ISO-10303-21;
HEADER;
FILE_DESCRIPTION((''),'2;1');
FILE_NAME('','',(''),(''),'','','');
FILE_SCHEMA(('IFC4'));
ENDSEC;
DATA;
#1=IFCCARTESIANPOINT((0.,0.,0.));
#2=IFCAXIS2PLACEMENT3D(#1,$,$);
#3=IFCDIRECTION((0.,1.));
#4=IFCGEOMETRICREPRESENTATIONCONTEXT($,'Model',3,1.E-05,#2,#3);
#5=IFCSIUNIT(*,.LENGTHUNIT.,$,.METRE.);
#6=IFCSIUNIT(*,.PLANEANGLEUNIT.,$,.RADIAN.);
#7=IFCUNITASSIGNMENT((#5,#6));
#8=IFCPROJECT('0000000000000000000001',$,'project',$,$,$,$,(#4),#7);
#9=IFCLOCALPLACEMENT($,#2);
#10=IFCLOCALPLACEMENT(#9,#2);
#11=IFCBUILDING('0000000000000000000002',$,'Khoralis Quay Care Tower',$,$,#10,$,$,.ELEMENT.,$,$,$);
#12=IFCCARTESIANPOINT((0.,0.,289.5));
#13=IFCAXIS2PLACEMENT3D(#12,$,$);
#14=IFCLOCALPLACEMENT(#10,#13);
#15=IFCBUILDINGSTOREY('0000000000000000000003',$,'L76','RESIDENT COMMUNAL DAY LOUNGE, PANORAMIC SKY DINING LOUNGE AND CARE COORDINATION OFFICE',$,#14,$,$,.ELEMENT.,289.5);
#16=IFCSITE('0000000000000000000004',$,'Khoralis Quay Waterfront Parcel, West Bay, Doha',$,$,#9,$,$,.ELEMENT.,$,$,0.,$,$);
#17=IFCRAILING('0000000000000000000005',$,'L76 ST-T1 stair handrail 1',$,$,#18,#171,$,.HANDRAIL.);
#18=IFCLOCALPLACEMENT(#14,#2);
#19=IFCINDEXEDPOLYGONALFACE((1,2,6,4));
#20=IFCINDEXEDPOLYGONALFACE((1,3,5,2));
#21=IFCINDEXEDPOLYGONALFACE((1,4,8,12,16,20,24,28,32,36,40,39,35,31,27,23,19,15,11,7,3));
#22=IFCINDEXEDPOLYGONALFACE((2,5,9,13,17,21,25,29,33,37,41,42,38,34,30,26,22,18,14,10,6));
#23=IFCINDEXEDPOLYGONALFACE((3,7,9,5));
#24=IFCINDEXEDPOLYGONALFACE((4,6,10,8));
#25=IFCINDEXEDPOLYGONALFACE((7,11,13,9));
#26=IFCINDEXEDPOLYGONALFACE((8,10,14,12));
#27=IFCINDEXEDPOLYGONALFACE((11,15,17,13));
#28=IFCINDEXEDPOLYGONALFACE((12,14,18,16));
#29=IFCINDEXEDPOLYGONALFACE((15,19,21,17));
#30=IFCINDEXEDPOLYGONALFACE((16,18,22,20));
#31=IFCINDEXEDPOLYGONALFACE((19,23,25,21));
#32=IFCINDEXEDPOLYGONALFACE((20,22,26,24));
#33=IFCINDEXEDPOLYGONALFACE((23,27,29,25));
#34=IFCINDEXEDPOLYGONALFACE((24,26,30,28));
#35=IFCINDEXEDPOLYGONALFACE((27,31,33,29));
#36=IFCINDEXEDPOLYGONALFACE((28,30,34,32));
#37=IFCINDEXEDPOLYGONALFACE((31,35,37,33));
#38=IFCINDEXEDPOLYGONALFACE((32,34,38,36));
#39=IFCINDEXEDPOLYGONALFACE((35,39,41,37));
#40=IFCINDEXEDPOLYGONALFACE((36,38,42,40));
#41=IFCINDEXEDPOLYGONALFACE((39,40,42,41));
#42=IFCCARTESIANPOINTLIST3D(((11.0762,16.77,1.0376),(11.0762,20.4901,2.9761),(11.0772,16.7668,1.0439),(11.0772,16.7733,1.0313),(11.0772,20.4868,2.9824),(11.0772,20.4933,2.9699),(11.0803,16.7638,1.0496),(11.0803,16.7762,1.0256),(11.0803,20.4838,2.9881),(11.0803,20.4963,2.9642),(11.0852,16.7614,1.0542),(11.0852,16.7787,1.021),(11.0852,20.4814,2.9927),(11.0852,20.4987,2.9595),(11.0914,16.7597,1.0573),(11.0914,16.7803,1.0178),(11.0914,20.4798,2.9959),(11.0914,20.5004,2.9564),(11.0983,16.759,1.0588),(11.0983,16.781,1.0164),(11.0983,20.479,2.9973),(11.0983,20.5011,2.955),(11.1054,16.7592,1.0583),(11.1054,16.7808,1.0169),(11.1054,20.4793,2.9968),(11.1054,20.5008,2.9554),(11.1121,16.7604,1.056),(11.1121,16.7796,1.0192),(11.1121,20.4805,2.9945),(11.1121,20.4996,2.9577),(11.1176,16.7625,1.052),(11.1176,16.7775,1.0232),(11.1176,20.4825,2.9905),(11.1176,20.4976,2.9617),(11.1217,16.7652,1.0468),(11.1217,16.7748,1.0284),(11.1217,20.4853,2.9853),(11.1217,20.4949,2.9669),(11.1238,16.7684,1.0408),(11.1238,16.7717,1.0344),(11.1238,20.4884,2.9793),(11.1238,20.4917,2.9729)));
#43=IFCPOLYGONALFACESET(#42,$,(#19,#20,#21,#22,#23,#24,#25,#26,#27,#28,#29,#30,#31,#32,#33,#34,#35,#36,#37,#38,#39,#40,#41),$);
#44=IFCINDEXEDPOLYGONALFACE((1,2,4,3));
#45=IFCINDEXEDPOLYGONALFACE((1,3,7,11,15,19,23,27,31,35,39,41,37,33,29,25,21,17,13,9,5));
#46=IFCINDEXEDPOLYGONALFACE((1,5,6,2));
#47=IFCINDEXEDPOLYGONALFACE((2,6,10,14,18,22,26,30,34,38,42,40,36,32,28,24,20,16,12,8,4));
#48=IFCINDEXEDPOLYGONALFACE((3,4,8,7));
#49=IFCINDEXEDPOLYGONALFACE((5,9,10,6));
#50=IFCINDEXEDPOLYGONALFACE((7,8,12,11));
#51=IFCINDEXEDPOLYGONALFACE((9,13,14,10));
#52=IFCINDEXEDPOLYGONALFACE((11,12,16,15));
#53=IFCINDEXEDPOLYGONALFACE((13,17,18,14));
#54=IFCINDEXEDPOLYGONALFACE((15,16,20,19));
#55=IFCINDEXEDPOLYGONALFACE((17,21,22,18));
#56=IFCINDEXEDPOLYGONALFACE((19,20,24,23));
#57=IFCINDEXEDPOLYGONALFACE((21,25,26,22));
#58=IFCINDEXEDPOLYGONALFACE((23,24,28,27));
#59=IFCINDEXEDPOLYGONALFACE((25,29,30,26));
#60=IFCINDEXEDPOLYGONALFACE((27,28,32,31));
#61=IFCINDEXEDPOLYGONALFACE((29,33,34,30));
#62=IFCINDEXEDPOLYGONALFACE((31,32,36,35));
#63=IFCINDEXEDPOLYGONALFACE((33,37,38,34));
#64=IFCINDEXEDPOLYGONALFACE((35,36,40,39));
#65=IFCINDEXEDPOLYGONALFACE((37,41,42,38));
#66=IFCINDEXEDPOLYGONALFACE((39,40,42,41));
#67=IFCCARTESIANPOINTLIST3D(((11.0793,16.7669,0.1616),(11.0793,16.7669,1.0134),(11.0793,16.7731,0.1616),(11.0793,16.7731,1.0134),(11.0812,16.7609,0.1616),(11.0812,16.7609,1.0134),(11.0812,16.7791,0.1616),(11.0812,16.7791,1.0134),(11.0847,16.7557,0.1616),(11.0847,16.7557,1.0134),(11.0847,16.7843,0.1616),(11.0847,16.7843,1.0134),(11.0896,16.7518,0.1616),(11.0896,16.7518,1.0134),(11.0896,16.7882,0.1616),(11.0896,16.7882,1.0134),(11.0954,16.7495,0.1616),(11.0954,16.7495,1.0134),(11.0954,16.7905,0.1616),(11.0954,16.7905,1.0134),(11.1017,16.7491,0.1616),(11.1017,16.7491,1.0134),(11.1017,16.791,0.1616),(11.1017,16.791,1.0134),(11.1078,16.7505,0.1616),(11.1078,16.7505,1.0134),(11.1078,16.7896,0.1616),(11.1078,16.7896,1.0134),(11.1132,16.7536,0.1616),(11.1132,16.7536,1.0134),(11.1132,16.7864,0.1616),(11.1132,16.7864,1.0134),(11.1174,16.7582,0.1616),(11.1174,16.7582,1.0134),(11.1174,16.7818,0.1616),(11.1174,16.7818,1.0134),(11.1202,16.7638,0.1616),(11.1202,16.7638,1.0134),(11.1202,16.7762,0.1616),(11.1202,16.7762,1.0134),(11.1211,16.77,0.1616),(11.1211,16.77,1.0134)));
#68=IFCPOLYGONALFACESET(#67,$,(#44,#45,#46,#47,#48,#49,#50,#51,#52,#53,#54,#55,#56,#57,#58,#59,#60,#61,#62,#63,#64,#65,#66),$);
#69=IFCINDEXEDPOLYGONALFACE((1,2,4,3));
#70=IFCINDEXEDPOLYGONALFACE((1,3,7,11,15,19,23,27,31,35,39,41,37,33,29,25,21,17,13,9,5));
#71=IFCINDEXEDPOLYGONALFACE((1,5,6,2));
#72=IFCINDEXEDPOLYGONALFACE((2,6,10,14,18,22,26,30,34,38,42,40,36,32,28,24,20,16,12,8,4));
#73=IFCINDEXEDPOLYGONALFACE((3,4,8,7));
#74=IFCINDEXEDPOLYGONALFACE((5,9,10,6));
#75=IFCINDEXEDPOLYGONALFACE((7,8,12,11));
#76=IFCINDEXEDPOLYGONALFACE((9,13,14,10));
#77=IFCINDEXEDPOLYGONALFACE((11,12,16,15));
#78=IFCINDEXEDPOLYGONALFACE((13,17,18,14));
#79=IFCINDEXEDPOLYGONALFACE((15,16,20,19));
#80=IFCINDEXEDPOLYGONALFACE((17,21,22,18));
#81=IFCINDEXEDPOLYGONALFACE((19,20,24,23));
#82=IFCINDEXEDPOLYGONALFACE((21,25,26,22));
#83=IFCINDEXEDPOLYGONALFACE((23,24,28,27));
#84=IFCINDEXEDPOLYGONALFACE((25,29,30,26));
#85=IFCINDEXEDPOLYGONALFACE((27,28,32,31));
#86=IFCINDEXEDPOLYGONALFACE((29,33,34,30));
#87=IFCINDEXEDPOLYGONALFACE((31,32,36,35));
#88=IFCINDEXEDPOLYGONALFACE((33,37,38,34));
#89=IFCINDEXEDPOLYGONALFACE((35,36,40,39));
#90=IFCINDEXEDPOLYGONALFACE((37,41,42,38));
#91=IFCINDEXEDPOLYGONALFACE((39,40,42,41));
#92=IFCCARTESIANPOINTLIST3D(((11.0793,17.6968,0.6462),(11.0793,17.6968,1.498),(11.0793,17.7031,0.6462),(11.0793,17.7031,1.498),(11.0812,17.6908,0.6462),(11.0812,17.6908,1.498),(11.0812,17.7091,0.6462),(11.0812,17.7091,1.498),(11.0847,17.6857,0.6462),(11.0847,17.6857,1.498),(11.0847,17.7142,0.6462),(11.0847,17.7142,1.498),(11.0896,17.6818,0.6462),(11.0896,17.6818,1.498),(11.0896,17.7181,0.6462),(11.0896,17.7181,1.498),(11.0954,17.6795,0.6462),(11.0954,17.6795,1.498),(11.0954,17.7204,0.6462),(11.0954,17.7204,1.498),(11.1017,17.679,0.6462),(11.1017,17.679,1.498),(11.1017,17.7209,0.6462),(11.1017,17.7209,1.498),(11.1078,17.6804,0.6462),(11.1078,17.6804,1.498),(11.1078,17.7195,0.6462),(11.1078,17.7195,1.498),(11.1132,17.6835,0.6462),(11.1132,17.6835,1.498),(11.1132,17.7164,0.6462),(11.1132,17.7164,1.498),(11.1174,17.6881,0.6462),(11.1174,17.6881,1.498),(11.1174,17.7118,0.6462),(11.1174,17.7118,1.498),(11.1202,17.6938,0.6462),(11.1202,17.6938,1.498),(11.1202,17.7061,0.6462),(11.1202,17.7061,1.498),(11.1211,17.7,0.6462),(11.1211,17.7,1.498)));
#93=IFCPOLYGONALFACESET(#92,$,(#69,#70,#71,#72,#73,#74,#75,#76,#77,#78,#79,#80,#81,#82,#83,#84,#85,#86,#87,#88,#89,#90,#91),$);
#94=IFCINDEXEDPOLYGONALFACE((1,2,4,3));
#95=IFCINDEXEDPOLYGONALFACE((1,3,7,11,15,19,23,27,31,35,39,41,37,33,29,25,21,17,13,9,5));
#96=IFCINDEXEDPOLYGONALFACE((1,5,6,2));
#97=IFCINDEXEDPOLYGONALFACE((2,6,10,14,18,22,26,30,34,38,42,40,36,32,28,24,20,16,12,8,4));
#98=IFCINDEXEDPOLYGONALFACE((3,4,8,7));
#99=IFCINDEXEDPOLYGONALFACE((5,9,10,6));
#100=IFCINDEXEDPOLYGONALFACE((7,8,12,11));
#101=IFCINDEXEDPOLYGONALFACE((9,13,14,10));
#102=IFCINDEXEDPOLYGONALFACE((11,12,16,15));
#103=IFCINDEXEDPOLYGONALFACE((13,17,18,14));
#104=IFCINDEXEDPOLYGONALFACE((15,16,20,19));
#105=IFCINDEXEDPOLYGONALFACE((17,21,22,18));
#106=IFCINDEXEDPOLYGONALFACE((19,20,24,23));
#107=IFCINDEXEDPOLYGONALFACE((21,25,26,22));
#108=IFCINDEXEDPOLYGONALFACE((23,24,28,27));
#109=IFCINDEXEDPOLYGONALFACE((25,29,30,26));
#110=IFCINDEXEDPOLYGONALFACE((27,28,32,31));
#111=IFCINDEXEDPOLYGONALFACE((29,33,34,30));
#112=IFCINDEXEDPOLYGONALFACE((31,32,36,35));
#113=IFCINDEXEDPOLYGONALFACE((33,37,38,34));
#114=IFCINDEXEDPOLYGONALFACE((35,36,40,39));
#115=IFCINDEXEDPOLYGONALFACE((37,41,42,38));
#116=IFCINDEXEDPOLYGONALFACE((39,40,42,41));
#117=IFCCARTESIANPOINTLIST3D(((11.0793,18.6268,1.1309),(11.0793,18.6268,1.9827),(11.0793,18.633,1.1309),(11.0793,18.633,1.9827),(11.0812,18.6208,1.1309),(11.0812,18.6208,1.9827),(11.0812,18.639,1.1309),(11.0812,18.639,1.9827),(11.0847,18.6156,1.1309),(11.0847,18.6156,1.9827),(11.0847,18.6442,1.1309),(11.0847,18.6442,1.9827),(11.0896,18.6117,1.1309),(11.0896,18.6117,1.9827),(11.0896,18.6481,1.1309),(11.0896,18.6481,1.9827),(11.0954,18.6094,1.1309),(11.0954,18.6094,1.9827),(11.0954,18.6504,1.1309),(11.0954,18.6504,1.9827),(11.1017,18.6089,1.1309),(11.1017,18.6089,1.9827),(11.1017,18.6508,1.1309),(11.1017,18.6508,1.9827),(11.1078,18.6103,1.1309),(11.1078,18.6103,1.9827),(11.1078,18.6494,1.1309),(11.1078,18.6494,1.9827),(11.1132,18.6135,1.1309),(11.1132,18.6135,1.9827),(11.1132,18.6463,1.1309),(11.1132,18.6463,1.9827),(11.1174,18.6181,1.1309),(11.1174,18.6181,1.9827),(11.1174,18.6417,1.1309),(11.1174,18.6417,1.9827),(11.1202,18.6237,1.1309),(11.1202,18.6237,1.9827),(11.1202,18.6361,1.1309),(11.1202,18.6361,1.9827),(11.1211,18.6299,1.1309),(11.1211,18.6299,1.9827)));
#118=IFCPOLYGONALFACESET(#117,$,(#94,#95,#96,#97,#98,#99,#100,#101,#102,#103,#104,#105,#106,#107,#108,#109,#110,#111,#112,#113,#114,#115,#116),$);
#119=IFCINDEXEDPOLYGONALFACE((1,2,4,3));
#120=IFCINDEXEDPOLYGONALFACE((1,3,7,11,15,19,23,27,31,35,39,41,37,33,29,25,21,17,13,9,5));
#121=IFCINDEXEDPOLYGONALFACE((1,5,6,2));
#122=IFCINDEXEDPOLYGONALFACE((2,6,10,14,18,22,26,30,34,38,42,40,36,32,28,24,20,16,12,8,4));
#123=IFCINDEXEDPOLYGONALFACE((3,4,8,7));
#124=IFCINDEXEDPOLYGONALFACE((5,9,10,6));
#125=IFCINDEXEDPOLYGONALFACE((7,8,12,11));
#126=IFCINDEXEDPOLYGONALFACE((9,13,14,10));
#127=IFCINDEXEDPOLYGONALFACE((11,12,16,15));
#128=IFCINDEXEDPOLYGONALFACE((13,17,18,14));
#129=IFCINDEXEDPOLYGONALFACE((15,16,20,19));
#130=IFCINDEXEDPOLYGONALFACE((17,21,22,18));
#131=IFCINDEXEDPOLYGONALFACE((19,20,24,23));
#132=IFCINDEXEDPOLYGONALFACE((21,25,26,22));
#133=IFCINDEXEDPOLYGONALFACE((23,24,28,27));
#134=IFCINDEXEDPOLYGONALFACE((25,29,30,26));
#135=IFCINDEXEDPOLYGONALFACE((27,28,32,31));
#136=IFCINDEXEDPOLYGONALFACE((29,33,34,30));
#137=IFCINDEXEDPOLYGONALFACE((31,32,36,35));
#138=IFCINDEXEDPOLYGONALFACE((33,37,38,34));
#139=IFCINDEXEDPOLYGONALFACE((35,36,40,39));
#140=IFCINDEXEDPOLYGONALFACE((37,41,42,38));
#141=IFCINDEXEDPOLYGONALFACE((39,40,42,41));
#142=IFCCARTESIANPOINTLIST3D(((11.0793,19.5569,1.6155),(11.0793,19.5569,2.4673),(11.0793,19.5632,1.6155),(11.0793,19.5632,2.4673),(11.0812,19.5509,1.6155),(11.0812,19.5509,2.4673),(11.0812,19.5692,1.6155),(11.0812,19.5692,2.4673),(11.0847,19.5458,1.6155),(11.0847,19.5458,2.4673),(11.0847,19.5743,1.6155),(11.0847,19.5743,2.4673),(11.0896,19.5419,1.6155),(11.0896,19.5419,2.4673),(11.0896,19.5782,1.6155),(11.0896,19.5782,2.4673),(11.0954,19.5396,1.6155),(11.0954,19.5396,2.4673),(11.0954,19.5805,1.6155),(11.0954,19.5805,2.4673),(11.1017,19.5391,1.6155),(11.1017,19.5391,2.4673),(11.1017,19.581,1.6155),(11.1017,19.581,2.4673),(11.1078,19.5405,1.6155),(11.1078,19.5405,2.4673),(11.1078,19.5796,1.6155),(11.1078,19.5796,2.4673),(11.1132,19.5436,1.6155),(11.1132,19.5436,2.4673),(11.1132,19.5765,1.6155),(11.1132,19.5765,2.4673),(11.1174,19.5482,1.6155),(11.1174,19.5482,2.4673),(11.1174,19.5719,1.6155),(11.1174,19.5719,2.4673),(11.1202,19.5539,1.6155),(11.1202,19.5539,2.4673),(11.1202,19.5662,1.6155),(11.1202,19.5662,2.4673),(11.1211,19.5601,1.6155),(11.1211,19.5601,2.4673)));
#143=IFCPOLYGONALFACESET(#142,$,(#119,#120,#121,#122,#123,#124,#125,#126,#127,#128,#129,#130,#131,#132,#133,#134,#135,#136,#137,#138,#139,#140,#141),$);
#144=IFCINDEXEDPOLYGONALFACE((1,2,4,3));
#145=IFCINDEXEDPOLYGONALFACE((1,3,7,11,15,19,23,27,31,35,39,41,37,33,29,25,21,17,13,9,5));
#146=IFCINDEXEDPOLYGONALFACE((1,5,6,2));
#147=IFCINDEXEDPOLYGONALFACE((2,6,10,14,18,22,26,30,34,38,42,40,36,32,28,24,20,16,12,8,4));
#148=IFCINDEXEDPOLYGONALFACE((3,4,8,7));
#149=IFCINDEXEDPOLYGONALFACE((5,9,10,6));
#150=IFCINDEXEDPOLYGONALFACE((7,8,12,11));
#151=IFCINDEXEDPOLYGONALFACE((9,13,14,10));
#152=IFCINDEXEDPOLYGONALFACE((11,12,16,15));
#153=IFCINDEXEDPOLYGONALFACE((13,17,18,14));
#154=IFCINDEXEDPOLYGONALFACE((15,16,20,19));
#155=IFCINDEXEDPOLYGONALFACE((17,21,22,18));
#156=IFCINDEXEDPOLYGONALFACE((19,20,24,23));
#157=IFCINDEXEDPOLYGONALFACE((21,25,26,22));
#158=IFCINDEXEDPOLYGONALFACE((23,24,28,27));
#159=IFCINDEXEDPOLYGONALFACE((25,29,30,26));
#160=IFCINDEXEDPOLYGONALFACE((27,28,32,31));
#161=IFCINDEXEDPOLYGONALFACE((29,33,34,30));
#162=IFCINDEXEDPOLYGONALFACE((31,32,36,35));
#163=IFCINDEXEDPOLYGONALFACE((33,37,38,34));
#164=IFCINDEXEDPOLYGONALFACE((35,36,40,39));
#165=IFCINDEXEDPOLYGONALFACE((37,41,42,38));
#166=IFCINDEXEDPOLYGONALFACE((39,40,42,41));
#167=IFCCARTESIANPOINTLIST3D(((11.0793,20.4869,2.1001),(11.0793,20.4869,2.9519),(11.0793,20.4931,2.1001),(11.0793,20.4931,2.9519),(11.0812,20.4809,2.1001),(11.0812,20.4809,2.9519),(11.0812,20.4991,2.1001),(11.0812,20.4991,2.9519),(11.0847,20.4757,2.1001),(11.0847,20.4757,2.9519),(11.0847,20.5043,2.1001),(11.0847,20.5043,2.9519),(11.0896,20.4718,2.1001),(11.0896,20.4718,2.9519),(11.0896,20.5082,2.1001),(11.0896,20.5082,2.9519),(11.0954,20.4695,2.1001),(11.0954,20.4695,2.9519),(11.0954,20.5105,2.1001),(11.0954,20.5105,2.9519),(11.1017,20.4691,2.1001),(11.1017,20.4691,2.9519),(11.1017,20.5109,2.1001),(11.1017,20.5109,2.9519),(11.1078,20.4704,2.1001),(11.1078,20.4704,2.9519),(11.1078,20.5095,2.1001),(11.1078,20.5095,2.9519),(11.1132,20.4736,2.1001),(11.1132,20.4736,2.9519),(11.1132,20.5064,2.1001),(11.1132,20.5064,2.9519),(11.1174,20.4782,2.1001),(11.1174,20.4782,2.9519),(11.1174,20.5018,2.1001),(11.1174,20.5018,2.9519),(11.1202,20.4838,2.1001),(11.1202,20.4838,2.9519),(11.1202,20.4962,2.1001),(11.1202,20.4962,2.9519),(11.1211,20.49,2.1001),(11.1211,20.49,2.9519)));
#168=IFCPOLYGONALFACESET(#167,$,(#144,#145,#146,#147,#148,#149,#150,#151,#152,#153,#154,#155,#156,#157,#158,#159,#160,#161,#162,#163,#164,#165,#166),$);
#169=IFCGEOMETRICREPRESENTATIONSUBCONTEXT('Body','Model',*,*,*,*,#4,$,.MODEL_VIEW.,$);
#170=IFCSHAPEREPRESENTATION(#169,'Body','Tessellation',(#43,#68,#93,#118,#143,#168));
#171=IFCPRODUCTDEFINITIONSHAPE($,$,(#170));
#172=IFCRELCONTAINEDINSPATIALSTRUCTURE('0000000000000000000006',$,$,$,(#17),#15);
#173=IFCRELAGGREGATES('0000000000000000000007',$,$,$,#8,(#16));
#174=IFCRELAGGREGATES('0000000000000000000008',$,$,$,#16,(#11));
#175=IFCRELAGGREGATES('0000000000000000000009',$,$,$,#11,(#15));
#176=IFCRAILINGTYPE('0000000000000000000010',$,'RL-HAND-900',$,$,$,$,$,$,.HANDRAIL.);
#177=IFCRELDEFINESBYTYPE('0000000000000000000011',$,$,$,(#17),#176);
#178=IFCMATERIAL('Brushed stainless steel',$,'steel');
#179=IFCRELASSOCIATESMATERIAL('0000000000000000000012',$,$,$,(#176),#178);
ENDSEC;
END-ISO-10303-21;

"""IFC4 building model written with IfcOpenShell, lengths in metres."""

from ifc_helpers import new_model, si_unit, direction, frame, origin, origin_2d, place, context, subcontext, project, spatial, circle, extrude, material, type_object, element, save


model = new_model("IFC4")

# Units and contexts
model_context = context("Model", 3, precision=1e-05, world=origin(), true_north=direction((0.0, 1.0)))
body_context = subcontext(model_context, "Body", "Model", "MODEL_VIEW")
ifc_project = project(units=[si_unit("LENGTHUNIT", "METRE"), si_unit("PLANEANGLEUNIT", "RADIAN")], contexts=[model_context])

# Site, building, storey
site_placement = place(None, origin())
site = spatial("IfcSite", under=ifc_project, at=site_placement, Name="Khoralis Quay Waterfront Parcel, West Bay, Doha", CompositionType="ELEMENT", RefElevation=0.0)
building_placement = place(site_placement, origin())
building = spatial("IfcBuilding", under=site, at=building_placement, Name="Khoralis Quay Care Tower", CompositionType="ELEMENT")
storey_placement = place(building_placement, frame((0.0, 0.0, 289.5)))
storey = spatial("IfcBuildingStorey", under=building, at=storey_placement, Name="L76", Description="RESIDENT COMMUNAL DAY LOUNGE, PANORAMIC SKY DINING LOUNGE AND CARE COORDINATION OFFICE", CompositionType="ELEMENT", Elevation=289.5)

# Shared definitions
ifc_material_1 = material(Name="Brushed stainless steel", Category="steel")

# Railing
railing_type_1 = type_object("IfcRailingType", Name="RL-HAND-900", PredefinedType="HANDRAIL", material=ifc_material_1)
railing_1_placement = place(storey_placement, frame((11.1001, 16.77, 0.1616)))
element("IfcRailing", 1, at=railing_1_placement, inside=storey, type_object=railing_type_1, Name="L76 ST-T1 stair handrail 1", PredefinedType="HANDRAIL", context=body_context, shape_type="SweptSolid", body=[
    extrude(circle(Radius=0.0239, at=origin_2d()), frame((0.0, 0.0, 0.876), z_axis=(0.0, 0.886817, 0.46212), x_axis=(-1.0, 0.0, 0.0)), (0.0, 0.0, 1.0), 4.1948),
    extrude(circle(Radius=0.021, at=origin_2d()), origin(), (0.0, 0.0, 1.0), 0.8518),
    extrude(circle(Radius=0.021, at=origin_2d()), frame((0.0, 0.9299, 0.4846)), (0.0, 0.0, 1.0), 0.8518),
    extrude(circle(Radius=0.021, at=origin_2d()), frame((0.0, 1.8599, 0.9692)), (0.0, 0.0, 1.0), 0.8518),
    extrude(circle(Radius=0.021, at=origin_2d()), frame((0.0, 2.79, 1.4539)), (0.0, 0.0, 1.0), 0.8518),
    extrude(circle(Radius=0.021, at=origin_2d()), frame((0.0, 3.72, 1.9385)), (0.0, 0.0, 1.0), 0.8518),
])

save(model, "model.ifc")
